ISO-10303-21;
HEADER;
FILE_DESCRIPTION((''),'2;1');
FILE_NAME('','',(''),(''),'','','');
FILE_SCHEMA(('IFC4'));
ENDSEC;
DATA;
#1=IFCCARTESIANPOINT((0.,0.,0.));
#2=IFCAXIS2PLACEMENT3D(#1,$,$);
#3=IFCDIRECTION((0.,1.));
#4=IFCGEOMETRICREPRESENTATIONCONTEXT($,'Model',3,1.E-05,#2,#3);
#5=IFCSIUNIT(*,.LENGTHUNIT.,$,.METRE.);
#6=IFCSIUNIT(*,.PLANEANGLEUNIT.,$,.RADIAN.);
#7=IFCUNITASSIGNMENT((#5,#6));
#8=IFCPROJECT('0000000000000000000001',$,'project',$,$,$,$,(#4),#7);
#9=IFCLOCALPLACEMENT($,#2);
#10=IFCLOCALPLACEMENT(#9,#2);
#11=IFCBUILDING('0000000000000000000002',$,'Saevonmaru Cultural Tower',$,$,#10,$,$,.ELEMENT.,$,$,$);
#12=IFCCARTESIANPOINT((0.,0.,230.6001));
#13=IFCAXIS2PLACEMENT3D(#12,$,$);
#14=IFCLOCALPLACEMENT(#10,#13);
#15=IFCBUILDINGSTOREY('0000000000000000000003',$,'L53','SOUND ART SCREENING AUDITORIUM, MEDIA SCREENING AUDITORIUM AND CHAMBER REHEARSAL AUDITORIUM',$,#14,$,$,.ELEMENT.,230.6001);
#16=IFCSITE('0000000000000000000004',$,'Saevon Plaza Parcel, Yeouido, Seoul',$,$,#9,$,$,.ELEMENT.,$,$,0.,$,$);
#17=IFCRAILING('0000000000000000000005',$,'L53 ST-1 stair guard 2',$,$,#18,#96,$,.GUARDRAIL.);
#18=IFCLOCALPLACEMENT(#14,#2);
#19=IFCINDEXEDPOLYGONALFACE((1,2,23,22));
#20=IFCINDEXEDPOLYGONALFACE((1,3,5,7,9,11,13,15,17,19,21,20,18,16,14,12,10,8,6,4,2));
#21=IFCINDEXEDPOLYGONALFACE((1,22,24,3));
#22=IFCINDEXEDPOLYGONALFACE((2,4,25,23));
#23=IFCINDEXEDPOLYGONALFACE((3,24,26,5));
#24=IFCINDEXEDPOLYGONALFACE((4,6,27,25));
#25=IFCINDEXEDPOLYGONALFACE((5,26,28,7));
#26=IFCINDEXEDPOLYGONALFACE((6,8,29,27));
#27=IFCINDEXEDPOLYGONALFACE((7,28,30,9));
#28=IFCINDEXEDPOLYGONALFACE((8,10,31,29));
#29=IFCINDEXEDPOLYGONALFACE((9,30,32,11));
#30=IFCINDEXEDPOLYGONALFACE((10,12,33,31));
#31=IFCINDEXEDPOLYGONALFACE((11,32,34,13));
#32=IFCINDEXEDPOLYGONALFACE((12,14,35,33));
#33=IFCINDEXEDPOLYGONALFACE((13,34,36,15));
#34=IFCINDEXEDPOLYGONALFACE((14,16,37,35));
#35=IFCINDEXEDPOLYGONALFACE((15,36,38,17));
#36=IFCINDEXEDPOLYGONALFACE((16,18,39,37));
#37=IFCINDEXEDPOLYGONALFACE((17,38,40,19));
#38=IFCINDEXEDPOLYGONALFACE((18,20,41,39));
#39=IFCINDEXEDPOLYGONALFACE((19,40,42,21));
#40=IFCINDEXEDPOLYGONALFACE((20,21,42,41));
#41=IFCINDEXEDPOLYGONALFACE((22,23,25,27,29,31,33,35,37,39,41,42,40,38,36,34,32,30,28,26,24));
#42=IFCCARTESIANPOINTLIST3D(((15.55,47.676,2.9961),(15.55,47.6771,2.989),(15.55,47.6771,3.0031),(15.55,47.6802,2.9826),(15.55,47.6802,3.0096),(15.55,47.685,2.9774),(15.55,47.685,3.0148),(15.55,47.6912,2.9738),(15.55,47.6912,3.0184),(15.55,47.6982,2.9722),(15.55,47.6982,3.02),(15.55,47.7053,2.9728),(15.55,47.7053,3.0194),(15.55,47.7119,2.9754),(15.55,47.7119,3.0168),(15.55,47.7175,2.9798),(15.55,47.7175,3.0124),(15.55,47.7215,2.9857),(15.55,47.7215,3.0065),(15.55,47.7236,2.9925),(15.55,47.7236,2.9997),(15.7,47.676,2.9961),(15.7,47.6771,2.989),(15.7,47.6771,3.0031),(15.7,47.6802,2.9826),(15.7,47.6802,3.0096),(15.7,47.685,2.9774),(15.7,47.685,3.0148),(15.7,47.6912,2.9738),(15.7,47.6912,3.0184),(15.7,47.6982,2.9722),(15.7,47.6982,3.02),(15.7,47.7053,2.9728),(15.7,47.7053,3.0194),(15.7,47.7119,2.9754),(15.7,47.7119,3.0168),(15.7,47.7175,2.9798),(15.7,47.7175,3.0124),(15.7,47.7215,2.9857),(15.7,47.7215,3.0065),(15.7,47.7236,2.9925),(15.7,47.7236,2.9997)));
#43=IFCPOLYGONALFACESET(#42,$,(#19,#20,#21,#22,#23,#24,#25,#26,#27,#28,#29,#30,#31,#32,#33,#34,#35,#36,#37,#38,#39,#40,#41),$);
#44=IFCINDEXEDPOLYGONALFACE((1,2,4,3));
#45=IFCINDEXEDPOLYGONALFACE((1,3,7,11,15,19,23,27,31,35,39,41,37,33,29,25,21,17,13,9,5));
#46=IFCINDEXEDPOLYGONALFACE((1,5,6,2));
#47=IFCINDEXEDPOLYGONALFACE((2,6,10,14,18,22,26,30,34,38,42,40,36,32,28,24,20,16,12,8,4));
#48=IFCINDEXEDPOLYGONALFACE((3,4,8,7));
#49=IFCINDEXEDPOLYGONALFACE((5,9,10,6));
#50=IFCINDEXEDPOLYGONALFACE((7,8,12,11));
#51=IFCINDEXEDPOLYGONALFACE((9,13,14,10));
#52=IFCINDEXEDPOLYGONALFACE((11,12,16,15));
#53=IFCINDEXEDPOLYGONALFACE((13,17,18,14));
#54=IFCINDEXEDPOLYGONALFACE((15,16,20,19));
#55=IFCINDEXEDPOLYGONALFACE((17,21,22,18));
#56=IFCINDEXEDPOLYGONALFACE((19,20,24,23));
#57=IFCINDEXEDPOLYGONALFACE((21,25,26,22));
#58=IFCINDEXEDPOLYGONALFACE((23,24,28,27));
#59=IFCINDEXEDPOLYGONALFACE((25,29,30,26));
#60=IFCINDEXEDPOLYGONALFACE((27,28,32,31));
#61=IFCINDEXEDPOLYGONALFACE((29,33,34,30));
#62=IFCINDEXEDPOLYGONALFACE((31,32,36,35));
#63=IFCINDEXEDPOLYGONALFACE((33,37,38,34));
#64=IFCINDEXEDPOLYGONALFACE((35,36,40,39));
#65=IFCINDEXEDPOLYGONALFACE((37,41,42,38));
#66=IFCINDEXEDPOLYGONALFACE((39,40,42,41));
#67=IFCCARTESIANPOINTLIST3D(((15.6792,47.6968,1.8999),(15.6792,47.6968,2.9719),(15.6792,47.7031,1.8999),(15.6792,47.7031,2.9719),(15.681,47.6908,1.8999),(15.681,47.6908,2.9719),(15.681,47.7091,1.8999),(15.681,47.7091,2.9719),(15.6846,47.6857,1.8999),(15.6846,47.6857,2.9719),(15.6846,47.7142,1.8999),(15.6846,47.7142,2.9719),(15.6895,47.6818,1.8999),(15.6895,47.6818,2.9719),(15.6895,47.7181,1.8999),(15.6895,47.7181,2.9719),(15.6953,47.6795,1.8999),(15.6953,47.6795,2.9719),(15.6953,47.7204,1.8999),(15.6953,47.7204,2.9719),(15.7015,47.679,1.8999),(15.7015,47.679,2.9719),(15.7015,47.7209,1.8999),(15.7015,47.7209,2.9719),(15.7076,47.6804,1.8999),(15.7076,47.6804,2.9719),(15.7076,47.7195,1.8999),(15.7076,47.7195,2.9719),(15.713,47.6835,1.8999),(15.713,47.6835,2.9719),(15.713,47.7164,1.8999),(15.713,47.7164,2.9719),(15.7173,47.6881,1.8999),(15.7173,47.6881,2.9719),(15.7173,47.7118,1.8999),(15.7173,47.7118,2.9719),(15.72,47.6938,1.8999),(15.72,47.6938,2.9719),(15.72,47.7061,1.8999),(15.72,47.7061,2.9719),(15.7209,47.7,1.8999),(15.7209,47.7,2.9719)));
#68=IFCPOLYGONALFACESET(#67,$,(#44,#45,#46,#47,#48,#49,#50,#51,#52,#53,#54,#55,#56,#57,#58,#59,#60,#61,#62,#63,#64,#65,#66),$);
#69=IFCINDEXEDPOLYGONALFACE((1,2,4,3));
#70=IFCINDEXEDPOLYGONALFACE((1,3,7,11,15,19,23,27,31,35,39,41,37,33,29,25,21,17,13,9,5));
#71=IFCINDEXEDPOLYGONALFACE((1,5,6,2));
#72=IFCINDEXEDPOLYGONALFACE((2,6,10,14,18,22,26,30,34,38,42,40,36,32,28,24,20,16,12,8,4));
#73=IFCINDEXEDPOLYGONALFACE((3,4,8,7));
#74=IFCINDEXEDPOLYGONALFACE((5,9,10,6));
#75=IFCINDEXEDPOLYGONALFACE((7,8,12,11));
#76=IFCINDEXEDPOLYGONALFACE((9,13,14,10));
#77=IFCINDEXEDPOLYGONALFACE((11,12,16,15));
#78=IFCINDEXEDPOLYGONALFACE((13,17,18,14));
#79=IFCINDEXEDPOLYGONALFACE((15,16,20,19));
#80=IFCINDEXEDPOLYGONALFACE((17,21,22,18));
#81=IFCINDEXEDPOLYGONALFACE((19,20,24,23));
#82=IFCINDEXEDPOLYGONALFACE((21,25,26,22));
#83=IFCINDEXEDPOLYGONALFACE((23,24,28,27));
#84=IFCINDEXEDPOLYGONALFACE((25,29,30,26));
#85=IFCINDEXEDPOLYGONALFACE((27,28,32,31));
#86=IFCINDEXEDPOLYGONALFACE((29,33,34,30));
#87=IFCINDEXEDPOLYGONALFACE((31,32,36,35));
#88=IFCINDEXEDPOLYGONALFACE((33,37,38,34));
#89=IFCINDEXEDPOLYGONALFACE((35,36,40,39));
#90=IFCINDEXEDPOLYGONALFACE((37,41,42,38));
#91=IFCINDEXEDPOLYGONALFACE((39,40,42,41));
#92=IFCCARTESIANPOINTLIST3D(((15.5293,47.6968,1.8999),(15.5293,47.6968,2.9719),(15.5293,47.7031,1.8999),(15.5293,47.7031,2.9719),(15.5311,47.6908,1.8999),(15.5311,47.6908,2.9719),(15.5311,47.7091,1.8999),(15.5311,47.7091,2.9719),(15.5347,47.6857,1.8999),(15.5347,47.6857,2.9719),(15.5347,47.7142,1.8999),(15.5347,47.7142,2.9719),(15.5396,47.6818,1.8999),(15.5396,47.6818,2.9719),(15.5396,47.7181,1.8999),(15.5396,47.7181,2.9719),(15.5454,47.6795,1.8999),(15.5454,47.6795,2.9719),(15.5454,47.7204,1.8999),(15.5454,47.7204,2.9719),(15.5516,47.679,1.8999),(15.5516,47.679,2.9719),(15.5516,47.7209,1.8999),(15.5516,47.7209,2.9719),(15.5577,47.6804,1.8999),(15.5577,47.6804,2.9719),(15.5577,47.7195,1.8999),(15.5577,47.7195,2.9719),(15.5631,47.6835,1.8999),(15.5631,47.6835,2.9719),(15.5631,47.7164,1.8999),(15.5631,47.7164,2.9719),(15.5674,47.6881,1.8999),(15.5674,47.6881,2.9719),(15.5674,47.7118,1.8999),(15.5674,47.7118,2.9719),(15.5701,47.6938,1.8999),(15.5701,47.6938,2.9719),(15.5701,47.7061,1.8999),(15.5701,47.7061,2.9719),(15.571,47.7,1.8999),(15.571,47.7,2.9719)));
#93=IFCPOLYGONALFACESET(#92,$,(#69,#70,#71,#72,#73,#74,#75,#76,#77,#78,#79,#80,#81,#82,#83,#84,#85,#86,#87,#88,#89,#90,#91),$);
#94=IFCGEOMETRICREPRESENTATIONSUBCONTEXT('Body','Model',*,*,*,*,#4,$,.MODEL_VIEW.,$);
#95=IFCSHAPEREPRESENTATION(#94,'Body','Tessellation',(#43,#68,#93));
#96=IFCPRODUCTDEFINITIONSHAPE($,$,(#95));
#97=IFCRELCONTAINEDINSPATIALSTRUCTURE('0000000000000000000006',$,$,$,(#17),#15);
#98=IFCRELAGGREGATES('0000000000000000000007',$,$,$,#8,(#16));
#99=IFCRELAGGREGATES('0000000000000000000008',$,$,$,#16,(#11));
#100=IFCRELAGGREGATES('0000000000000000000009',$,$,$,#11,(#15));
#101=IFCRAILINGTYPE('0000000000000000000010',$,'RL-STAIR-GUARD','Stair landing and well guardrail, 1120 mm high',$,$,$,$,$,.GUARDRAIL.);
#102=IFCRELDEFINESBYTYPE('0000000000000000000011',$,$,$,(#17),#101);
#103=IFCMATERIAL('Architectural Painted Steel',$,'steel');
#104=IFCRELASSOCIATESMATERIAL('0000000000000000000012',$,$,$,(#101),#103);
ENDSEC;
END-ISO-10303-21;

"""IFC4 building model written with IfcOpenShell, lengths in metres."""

from ifc_helpers import new_model, si_unit, direction, frame, origin, origin_2d, place, context, subcontext, project, spatial, circle, extrude, material, type_object, element, save


model = new_model("IFC4")

# Units and contexts
model_context = context("Model", 3, precision=1e-05, world=origin(), true_north=direction((0.0, 1.0)))
body_context = subcontext(model_context, "Body", "Model", "MODEL_VIEW")
ifc_project = project(units=[si_unit("LENGTHUNIT", "METRE"), si_unit("PLANEANGLEUNIT", "RADIAN")], contexts=[model_context])

# Site, building, storey
site_placement = place(None, origin())
site = spatial("IfcSite", under=ifc_project, at=site_placement, Name="Saevon Plaza Parcel, Yeouido, Seoul", CompositionType="ELEMENT", RefElevation=0.0)
building_placement = place(site_placement, origin())
building = spatial("IfcBuilding", under=site, at=building_placement, Name="Saevonmaru Cultural Tower", CompositionType="ELEMENT")
storey_placement = place(building_placement, frame((0.0, 0.0, 230.6001)))
storey = spatial("IfcBuildingStorey", under=building, at=storey_placement, Name="L53", Description="SOUND ART SCREENING AUDITORIUM, MEDIA SCREENING AUDITORIUM AND CHAMBER REHEARSAL AUDITORIUM", CompositionType="ELEMENT", Elevation=230.6001)

# Railing
ifc_material_1 = material(Name="Architectural Painted Steel", Category="steel")
railing_type_1 = type_object("IfcRailingType", Name="RL-STAIR-GUARD", Description="Stair landing and well guardrail, 1120 mm high", PredefinedType="GUARDRAIL", material=ifc_material_1)
railing_1_placement = place(storey_placement, frame((15.7, 47.7, 1.8999)))
element("IfcRailing", 1, at=railing_1_placement, inside=storey, type_object=railing_type_1, Name="L53 ST-1 stair guard 2", PredefinedType="GUARDRAIL", context=body_context, shape_type="SweptSolid", body=[
    extrude(circle(Radius=0.0239, at=origin_2d()), frame((0.0, 0.0, 1.0962), z_axis=(-1.0, 0.0, 0.0), x_axis=(0.0, -1.0, 0.0)), (0.0, 0.0, 1.0), 0.1499),
    extrude(circle(Radius=0.021, at=origin_2d()), origin(), (0.0, 0.0, 1.0), 1.072),
    extrude(circle(Radius=0.021, at=origin_2d()), frame((-0.1499, 0.0, 0.0)), (0.0, 0.0, 1.0), 1.072),
])

save(model, "model.ifc")
